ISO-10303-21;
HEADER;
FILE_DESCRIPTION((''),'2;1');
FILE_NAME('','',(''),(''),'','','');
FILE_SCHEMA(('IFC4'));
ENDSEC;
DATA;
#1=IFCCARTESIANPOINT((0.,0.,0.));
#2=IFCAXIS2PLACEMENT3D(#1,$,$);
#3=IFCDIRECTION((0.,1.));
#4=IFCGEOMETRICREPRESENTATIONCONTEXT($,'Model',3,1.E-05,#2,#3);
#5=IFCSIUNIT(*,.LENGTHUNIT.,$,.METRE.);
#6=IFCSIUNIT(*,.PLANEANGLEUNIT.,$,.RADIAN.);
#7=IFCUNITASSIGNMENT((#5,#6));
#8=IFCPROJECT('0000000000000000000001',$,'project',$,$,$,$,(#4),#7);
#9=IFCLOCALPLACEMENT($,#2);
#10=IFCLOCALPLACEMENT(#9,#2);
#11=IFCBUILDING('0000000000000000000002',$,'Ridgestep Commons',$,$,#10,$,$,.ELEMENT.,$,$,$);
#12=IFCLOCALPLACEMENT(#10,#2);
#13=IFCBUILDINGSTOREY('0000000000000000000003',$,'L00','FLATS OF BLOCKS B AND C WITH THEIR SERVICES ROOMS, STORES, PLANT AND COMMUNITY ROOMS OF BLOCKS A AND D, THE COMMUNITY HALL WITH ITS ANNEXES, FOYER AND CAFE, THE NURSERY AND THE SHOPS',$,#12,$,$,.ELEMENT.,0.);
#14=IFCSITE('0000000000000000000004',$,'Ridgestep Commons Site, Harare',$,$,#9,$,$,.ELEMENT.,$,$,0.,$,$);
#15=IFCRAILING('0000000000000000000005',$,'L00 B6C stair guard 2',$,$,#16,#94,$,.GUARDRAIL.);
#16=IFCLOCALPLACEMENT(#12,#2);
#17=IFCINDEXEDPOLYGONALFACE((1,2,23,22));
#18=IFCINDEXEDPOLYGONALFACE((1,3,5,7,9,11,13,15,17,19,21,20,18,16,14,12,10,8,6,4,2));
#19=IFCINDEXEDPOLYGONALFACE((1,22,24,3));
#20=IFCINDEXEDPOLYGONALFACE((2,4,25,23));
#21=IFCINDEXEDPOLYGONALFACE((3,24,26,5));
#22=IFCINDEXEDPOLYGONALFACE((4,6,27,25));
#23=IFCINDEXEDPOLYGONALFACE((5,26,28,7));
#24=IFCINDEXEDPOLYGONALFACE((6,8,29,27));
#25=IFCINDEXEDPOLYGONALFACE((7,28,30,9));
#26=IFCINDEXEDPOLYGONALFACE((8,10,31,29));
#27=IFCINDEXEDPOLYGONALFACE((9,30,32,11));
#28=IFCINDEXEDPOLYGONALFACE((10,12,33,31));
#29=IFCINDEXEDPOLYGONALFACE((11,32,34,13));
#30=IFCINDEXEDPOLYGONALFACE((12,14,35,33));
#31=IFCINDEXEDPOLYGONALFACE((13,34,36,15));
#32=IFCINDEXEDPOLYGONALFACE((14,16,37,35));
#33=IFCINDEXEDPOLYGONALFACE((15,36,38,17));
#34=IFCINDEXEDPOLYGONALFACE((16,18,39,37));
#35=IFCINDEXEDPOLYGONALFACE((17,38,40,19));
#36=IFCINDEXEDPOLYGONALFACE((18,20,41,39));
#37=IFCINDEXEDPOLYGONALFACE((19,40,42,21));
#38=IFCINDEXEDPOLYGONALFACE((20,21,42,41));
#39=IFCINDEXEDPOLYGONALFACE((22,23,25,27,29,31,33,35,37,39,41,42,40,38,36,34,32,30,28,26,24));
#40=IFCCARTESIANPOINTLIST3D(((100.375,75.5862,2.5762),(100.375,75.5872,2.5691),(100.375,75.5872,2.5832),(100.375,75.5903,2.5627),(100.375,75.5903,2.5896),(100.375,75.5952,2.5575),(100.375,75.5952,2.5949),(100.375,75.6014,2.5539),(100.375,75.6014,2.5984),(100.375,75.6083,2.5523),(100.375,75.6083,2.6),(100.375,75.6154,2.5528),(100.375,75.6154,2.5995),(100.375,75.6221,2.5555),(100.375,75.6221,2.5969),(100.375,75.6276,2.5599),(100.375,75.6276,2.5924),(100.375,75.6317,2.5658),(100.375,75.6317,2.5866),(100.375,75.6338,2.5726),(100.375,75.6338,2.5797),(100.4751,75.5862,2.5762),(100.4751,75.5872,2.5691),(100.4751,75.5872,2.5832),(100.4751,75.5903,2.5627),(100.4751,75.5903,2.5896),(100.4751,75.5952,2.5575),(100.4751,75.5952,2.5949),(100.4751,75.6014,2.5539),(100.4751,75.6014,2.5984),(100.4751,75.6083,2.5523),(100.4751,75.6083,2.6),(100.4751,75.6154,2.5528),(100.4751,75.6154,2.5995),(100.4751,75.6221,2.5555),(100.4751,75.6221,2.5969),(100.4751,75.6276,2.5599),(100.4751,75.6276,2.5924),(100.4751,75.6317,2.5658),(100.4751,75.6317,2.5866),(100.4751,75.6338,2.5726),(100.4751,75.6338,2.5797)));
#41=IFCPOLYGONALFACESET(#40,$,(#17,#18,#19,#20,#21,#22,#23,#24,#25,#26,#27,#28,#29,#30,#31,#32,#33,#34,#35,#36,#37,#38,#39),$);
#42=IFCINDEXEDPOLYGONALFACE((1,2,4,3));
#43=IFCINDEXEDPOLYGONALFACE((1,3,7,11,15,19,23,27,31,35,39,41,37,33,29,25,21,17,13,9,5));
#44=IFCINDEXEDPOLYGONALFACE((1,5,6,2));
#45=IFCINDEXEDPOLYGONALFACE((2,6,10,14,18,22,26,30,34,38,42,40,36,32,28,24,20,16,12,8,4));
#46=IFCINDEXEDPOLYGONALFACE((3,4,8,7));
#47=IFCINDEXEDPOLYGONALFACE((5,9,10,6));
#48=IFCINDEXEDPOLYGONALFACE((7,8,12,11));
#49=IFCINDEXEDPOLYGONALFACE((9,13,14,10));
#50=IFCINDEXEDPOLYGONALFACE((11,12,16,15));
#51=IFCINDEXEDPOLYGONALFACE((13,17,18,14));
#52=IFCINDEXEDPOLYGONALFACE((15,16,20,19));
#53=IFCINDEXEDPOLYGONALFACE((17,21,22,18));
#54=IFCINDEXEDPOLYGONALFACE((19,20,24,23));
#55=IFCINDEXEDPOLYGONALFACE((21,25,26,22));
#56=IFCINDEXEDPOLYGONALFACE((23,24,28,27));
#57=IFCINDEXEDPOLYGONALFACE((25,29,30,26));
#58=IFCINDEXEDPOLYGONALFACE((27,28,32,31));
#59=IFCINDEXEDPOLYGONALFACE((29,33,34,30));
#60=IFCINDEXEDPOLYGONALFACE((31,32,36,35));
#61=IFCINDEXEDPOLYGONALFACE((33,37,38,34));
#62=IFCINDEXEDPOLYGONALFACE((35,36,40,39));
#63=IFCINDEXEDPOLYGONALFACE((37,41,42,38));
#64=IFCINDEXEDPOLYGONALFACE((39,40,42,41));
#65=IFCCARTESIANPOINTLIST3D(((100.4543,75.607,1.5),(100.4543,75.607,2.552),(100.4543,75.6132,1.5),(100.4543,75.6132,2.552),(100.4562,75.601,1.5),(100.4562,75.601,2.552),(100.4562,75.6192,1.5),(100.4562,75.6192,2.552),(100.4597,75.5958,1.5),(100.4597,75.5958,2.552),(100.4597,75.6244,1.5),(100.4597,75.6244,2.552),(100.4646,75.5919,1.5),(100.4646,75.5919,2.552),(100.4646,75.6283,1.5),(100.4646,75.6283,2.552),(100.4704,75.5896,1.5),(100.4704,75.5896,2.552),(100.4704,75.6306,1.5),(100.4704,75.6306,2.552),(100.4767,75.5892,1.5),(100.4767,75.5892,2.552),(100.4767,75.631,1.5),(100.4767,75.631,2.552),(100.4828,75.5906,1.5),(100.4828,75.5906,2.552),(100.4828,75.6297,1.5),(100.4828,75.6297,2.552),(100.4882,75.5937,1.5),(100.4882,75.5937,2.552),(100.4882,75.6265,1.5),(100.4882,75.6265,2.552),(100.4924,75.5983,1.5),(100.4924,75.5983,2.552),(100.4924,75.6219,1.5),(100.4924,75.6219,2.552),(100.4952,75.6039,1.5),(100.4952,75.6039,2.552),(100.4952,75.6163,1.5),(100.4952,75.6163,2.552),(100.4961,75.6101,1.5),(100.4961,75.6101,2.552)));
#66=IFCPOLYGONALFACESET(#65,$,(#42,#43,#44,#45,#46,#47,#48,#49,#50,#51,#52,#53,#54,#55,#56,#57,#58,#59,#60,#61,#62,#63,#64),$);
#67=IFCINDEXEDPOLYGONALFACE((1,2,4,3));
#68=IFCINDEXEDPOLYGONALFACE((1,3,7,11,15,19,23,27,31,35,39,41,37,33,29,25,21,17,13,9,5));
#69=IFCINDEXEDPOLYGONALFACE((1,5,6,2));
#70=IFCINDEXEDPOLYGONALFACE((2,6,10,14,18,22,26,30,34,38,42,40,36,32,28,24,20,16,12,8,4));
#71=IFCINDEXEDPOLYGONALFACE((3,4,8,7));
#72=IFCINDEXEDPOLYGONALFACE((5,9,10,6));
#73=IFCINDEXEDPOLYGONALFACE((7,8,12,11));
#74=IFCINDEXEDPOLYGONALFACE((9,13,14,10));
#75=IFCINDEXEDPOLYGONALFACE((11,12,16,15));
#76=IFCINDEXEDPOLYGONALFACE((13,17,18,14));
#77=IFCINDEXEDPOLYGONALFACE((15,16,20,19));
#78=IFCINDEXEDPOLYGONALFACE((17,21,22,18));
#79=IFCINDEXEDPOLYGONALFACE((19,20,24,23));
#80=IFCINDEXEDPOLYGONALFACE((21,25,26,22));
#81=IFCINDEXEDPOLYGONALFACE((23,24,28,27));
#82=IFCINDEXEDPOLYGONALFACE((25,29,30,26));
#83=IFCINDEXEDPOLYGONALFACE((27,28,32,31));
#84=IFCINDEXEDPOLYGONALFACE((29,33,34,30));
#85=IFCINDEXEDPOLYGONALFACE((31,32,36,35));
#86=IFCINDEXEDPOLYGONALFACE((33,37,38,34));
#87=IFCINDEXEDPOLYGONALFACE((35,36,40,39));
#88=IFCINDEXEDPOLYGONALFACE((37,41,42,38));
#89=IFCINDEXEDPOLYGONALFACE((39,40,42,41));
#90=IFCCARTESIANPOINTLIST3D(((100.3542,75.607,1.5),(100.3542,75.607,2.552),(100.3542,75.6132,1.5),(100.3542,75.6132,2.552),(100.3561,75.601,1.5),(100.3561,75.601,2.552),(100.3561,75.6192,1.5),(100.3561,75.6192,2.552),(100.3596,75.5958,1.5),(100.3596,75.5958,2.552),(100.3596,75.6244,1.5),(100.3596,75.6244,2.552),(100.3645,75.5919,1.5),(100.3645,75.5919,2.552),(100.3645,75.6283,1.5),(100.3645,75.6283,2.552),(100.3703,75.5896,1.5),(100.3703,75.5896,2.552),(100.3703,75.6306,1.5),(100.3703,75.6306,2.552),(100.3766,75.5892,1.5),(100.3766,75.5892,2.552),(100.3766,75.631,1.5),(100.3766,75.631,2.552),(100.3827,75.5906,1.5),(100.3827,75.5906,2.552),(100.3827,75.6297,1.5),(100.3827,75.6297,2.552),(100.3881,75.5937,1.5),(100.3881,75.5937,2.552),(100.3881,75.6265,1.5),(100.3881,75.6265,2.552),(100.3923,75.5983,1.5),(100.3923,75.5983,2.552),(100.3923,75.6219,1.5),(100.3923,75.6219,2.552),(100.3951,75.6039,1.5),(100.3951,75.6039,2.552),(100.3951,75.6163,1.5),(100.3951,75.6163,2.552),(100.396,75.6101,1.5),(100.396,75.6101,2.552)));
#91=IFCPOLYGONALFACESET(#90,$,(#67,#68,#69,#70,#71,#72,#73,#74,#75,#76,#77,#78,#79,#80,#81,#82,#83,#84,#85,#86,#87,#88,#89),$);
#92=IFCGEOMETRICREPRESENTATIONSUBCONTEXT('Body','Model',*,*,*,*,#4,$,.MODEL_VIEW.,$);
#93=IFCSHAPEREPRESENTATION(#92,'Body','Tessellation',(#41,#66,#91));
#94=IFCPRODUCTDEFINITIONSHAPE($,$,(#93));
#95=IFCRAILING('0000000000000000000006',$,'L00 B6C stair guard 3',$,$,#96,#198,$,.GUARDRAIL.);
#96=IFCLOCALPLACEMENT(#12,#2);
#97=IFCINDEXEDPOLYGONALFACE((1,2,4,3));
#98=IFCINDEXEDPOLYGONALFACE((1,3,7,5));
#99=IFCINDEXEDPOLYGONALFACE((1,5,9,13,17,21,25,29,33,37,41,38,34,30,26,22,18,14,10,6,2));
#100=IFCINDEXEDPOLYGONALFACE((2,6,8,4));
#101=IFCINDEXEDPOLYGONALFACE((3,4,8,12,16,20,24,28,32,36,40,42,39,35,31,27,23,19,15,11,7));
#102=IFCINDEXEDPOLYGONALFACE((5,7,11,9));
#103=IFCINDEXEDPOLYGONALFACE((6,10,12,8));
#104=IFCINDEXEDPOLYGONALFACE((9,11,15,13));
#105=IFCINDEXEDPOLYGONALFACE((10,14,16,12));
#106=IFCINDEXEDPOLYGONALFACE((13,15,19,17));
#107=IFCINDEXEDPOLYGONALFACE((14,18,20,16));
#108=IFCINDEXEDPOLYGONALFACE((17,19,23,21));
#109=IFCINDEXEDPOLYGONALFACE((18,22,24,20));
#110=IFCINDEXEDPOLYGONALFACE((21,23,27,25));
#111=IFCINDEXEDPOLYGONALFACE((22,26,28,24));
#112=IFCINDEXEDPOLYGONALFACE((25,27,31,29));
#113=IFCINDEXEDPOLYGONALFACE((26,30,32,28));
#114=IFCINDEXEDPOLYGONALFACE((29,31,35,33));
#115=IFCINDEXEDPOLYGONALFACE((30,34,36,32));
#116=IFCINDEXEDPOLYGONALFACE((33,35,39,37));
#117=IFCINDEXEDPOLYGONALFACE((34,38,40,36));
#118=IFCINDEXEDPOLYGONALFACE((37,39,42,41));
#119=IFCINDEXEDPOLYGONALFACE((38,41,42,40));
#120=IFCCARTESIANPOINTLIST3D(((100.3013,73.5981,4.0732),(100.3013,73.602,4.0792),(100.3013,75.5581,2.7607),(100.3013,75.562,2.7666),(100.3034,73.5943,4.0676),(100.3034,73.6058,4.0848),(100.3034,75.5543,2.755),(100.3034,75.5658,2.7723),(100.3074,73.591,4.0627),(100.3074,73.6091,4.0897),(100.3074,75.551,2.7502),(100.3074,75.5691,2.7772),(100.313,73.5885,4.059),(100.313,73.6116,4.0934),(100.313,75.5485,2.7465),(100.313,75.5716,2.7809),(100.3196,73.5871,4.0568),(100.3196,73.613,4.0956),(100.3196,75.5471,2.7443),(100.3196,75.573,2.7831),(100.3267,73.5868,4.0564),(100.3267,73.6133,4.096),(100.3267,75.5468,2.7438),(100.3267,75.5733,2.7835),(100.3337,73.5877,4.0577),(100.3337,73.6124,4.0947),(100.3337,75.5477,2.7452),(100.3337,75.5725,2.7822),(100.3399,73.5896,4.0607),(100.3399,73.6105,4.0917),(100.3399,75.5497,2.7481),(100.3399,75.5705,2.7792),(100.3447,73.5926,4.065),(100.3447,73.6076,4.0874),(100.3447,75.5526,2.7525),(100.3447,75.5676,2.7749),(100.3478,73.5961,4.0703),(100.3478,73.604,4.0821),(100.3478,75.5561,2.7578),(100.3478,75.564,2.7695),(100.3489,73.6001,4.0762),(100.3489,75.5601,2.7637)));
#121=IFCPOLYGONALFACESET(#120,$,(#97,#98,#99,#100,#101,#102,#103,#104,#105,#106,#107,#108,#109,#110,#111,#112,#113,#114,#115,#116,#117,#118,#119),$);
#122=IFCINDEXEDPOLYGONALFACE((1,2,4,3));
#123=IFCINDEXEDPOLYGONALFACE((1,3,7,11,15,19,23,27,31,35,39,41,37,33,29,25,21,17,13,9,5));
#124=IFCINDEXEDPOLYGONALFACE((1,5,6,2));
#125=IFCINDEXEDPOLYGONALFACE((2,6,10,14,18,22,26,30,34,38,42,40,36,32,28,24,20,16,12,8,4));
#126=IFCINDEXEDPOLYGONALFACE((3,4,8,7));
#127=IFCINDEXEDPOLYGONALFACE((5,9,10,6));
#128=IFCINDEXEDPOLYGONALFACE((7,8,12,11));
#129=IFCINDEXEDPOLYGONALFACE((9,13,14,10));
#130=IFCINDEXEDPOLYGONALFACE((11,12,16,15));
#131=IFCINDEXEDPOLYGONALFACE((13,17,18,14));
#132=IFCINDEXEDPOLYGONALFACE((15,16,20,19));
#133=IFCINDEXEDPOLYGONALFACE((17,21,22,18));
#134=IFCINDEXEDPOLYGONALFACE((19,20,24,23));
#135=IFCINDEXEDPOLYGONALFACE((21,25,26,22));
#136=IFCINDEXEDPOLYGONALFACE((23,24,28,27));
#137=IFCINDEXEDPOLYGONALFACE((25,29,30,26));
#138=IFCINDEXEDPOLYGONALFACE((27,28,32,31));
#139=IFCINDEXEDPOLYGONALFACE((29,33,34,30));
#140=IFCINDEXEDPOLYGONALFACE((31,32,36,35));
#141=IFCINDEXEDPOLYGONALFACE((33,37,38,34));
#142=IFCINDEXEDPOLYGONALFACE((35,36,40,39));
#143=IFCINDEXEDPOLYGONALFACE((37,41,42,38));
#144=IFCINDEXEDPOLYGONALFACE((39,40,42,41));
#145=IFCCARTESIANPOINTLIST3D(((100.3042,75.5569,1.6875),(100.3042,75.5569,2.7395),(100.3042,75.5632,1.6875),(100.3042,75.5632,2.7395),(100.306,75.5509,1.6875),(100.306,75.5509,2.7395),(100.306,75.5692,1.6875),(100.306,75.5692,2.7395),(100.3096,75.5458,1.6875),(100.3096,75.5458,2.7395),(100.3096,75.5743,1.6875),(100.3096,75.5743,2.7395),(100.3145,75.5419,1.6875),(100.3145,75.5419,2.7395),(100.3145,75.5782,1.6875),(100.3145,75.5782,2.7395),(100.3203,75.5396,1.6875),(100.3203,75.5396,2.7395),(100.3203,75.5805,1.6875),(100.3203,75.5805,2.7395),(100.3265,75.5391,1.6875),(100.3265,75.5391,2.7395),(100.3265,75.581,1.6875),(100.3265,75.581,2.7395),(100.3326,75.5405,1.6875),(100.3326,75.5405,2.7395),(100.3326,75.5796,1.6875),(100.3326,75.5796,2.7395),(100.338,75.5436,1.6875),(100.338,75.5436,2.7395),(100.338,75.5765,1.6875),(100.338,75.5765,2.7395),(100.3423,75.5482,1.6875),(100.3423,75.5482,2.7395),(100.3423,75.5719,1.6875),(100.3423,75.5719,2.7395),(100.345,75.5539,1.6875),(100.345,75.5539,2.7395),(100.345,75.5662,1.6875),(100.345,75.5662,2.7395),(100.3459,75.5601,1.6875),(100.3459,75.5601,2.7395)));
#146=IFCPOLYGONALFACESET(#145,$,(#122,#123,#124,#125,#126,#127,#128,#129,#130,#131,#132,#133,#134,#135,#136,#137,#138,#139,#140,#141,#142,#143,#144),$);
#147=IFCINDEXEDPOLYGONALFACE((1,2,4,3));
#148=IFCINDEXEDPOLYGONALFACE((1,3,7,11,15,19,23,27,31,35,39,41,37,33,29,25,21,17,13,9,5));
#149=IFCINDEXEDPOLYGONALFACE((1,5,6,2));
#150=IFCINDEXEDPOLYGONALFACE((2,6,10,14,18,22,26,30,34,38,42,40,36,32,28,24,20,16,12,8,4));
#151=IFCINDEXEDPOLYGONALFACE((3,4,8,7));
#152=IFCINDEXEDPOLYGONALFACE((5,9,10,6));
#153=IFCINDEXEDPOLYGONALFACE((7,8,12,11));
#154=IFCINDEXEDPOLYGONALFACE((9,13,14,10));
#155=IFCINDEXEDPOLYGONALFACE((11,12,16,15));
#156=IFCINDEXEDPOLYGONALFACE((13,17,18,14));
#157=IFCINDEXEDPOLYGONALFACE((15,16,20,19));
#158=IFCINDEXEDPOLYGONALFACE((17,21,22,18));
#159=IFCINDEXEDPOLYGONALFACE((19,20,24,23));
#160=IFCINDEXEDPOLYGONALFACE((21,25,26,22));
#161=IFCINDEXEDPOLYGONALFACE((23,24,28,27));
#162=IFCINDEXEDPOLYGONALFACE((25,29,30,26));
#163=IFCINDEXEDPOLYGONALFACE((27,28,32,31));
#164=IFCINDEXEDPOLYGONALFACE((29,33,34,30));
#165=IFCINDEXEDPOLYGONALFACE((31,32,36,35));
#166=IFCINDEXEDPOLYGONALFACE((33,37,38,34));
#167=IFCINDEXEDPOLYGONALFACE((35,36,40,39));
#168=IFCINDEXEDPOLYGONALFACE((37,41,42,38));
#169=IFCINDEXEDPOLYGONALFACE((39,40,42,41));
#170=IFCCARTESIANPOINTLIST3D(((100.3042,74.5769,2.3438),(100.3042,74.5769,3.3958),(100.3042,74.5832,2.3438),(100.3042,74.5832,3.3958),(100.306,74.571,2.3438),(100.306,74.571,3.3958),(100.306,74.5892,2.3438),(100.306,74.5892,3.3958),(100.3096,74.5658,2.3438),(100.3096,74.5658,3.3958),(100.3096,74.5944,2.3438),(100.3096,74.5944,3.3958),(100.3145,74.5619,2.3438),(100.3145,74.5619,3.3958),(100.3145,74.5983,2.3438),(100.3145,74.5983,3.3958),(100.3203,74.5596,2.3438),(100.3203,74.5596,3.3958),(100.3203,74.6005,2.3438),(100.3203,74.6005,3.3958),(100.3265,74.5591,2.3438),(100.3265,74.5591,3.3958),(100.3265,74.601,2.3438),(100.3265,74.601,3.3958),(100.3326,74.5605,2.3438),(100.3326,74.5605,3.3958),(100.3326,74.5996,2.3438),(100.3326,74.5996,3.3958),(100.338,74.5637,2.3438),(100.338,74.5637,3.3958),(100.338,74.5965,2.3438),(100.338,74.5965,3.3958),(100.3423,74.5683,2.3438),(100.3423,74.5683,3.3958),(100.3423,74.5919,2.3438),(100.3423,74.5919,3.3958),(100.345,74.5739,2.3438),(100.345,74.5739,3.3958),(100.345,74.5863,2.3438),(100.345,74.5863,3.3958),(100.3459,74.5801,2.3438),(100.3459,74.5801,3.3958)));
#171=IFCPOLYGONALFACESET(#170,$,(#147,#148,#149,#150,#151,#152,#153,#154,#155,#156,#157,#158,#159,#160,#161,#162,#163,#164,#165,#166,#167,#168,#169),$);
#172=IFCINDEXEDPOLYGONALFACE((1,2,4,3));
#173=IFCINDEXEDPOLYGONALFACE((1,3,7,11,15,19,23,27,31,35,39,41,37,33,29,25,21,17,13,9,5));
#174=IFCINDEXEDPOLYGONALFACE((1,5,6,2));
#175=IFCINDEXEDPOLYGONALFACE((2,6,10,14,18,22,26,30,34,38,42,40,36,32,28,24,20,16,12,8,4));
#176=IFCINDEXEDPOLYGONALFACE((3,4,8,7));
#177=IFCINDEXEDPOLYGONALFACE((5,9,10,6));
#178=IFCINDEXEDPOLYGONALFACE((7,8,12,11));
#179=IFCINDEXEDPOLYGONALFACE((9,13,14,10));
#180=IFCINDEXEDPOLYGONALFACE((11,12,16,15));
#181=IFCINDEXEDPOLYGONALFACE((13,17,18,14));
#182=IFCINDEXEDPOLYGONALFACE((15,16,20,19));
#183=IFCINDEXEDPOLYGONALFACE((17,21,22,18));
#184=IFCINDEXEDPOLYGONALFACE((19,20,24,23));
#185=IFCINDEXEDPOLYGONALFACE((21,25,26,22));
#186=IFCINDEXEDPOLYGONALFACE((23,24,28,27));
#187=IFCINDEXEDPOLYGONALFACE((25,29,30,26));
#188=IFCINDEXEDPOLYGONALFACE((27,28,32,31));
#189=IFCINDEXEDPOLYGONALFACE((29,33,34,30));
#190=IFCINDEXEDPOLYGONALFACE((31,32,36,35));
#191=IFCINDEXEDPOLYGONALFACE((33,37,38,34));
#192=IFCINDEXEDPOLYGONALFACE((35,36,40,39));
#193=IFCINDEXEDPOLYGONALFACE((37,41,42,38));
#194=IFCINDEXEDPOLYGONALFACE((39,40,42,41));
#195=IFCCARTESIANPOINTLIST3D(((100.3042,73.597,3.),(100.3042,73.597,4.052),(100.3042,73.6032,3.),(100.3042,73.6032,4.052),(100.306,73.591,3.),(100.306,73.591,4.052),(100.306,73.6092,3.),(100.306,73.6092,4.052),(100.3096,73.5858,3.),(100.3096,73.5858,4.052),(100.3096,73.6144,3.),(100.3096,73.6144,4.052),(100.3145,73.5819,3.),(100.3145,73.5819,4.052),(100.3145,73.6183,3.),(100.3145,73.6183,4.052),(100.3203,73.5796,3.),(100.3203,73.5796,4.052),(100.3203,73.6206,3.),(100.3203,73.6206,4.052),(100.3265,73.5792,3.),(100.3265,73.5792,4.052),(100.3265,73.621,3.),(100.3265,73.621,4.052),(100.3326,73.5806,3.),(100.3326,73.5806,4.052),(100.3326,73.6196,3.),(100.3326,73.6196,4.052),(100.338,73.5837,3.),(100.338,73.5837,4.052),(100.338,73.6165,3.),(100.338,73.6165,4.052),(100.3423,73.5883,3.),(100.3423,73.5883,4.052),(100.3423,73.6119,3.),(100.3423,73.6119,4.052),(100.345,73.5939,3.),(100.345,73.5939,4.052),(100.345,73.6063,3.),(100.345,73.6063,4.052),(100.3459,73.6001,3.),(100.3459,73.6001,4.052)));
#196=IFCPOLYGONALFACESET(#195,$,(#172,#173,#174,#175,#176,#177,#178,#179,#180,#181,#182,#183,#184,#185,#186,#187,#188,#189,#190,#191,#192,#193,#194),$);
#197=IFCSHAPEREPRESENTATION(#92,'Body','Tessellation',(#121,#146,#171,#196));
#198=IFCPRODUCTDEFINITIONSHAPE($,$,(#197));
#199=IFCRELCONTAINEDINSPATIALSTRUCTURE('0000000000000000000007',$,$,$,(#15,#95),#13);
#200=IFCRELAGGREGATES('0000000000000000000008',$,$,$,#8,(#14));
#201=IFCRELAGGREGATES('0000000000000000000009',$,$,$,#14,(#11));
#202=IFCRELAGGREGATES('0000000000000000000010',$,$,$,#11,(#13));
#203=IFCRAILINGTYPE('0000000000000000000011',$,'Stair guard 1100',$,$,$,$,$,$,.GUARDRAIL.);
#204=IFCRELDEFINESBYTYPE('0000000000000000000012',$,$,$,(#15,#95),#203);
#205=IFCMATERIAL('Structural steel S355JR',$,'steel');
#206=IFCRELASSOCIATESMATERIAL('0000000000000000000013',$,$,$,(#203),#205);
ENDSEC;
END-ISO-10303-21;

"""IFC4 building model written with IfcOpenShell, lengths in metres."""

from ifc_helpers import new_model, si_unit, direction, frame, origin, origin_2d, place, context, subcontext, project, spatial, circle, extrude, material, type_object, element, save


model = new_model("IFC4")

# Units and contexts
model_context = context("Model", 3, precision=1e-05, world=origin(), true_north=direction((0.0, 1.0)))
body_context = subcontext(model_context, "Body", "Model", "MODEL_VIEW")
ifc_project = project(units=[si_unit("LENGTHUNIT", "METRE"), si_unit("PLANEANGLEUNIT", "RADIAN")], contexts=[model_context])

# Site, building, storey
site_placement = place(None, origin())
site = spatial("IfcSite", under=ifc_project, at=site_placement, Name="Ridgestep Commons Site, Harare", CompositionType="ELEMENT", RefElevation=0.0)
building_placement = place(site_placement, origin())
building = spatial("IfcBuilding", under=site, at=building_placement, Name="Ridgestep Commons", CompositionType="ELEMENT")
storey_placement = place(building_placement, origin())
storey = spatial("IfcBuildingStorey", under=building, at=storey_placement, Name="L00", Description="FLATS OF BLOCKS B AND C WITH THEIR SERVICES ROOMS, STORES, PLANT AND COMMUNITY ROOMS OF BLOCKS A AND D, THE COMMUNITY HALL WITH ITS ANNEXES, FOYER AND CAFE, THE NURSERY AND THE SHOPS", CompositionType="ELEMENT", Elevation=0.0)

# Railings
ifc_material_1 = material(Name="Structural steel S355JR", Category="steel")
railing_type_1 = type_object("IfcRailingType", Name="Stair guard 1100", PredefinedType="GUARDRAIL", material=ifc_material_1)
railing_1_placement = place(storey_placement, frame((100.4751, 75.6101, 1.5)))
element("IfcRailing", 1, at=railing_1_placement, inside=storey, type_object=railing_type_1, Name="L00 B6C stair guard 2", PredefinedType="GUARDRAIL", context=body_context, shape_type="SweptSolid", body=[
    extrude(circle(Radius=0.0239, at=origin_2d()), frame((0.0, 0.0, 1.0762), z_axis=(-1.0, 0.0, 0.0), x_axis=(0.0, -1.0, 0.0)), (0.0, 0.0, 1.0), 0.1001),
    extrude(circle(Radius=0.021, at=origin_2d()), origin(), (0.0, 0.0, 1.0), 1.052),
    extrude(circle(Radius=0.021, at=origin_2d()), frame((-0.1001, 0.0, 0.0)), (0.0, 0.0, 1.0), 1.052),
])
railing_2_placement = place(storey_placement, frame((100.325, 75.5601, 1.6875)))
element("IfcRailing", 2, at=railing_2_placement, inside=storey, type_object=railing_type_1, Name="L00 B6C stair guard 3", PredefinedType="GUARDRAIL", context=body_context, shape_type="SweptSolid", body=[
    extrude(circle(Radius=0.0239, at=origin_2d()), frame((0.0, 0.0, 1.0762), z_axis=(0.0, -0.830902, 0.556419), x_axis=(1.0, 0.0, 0.0)), (0.0, 0.0, 1.0), 2.3589),
    extrude(circle(Radius=0.021, at=origin_2d()), origin(), (0.0, 0.0, 1.0), 1.052),
    extrude(circle(Radius=0.021, at=origin_2d()), frame((0.0, -0.98, 0.6562)), (0.0, 0.0, 1.0), 1.052),
    extrude(circle(Radius=0.021, at=origin_2d()), frame((0.0, -1.96, 1.3125)), (0.0, 0.0, 1.0), 1.052),
])

save(model, "model.ifc")
